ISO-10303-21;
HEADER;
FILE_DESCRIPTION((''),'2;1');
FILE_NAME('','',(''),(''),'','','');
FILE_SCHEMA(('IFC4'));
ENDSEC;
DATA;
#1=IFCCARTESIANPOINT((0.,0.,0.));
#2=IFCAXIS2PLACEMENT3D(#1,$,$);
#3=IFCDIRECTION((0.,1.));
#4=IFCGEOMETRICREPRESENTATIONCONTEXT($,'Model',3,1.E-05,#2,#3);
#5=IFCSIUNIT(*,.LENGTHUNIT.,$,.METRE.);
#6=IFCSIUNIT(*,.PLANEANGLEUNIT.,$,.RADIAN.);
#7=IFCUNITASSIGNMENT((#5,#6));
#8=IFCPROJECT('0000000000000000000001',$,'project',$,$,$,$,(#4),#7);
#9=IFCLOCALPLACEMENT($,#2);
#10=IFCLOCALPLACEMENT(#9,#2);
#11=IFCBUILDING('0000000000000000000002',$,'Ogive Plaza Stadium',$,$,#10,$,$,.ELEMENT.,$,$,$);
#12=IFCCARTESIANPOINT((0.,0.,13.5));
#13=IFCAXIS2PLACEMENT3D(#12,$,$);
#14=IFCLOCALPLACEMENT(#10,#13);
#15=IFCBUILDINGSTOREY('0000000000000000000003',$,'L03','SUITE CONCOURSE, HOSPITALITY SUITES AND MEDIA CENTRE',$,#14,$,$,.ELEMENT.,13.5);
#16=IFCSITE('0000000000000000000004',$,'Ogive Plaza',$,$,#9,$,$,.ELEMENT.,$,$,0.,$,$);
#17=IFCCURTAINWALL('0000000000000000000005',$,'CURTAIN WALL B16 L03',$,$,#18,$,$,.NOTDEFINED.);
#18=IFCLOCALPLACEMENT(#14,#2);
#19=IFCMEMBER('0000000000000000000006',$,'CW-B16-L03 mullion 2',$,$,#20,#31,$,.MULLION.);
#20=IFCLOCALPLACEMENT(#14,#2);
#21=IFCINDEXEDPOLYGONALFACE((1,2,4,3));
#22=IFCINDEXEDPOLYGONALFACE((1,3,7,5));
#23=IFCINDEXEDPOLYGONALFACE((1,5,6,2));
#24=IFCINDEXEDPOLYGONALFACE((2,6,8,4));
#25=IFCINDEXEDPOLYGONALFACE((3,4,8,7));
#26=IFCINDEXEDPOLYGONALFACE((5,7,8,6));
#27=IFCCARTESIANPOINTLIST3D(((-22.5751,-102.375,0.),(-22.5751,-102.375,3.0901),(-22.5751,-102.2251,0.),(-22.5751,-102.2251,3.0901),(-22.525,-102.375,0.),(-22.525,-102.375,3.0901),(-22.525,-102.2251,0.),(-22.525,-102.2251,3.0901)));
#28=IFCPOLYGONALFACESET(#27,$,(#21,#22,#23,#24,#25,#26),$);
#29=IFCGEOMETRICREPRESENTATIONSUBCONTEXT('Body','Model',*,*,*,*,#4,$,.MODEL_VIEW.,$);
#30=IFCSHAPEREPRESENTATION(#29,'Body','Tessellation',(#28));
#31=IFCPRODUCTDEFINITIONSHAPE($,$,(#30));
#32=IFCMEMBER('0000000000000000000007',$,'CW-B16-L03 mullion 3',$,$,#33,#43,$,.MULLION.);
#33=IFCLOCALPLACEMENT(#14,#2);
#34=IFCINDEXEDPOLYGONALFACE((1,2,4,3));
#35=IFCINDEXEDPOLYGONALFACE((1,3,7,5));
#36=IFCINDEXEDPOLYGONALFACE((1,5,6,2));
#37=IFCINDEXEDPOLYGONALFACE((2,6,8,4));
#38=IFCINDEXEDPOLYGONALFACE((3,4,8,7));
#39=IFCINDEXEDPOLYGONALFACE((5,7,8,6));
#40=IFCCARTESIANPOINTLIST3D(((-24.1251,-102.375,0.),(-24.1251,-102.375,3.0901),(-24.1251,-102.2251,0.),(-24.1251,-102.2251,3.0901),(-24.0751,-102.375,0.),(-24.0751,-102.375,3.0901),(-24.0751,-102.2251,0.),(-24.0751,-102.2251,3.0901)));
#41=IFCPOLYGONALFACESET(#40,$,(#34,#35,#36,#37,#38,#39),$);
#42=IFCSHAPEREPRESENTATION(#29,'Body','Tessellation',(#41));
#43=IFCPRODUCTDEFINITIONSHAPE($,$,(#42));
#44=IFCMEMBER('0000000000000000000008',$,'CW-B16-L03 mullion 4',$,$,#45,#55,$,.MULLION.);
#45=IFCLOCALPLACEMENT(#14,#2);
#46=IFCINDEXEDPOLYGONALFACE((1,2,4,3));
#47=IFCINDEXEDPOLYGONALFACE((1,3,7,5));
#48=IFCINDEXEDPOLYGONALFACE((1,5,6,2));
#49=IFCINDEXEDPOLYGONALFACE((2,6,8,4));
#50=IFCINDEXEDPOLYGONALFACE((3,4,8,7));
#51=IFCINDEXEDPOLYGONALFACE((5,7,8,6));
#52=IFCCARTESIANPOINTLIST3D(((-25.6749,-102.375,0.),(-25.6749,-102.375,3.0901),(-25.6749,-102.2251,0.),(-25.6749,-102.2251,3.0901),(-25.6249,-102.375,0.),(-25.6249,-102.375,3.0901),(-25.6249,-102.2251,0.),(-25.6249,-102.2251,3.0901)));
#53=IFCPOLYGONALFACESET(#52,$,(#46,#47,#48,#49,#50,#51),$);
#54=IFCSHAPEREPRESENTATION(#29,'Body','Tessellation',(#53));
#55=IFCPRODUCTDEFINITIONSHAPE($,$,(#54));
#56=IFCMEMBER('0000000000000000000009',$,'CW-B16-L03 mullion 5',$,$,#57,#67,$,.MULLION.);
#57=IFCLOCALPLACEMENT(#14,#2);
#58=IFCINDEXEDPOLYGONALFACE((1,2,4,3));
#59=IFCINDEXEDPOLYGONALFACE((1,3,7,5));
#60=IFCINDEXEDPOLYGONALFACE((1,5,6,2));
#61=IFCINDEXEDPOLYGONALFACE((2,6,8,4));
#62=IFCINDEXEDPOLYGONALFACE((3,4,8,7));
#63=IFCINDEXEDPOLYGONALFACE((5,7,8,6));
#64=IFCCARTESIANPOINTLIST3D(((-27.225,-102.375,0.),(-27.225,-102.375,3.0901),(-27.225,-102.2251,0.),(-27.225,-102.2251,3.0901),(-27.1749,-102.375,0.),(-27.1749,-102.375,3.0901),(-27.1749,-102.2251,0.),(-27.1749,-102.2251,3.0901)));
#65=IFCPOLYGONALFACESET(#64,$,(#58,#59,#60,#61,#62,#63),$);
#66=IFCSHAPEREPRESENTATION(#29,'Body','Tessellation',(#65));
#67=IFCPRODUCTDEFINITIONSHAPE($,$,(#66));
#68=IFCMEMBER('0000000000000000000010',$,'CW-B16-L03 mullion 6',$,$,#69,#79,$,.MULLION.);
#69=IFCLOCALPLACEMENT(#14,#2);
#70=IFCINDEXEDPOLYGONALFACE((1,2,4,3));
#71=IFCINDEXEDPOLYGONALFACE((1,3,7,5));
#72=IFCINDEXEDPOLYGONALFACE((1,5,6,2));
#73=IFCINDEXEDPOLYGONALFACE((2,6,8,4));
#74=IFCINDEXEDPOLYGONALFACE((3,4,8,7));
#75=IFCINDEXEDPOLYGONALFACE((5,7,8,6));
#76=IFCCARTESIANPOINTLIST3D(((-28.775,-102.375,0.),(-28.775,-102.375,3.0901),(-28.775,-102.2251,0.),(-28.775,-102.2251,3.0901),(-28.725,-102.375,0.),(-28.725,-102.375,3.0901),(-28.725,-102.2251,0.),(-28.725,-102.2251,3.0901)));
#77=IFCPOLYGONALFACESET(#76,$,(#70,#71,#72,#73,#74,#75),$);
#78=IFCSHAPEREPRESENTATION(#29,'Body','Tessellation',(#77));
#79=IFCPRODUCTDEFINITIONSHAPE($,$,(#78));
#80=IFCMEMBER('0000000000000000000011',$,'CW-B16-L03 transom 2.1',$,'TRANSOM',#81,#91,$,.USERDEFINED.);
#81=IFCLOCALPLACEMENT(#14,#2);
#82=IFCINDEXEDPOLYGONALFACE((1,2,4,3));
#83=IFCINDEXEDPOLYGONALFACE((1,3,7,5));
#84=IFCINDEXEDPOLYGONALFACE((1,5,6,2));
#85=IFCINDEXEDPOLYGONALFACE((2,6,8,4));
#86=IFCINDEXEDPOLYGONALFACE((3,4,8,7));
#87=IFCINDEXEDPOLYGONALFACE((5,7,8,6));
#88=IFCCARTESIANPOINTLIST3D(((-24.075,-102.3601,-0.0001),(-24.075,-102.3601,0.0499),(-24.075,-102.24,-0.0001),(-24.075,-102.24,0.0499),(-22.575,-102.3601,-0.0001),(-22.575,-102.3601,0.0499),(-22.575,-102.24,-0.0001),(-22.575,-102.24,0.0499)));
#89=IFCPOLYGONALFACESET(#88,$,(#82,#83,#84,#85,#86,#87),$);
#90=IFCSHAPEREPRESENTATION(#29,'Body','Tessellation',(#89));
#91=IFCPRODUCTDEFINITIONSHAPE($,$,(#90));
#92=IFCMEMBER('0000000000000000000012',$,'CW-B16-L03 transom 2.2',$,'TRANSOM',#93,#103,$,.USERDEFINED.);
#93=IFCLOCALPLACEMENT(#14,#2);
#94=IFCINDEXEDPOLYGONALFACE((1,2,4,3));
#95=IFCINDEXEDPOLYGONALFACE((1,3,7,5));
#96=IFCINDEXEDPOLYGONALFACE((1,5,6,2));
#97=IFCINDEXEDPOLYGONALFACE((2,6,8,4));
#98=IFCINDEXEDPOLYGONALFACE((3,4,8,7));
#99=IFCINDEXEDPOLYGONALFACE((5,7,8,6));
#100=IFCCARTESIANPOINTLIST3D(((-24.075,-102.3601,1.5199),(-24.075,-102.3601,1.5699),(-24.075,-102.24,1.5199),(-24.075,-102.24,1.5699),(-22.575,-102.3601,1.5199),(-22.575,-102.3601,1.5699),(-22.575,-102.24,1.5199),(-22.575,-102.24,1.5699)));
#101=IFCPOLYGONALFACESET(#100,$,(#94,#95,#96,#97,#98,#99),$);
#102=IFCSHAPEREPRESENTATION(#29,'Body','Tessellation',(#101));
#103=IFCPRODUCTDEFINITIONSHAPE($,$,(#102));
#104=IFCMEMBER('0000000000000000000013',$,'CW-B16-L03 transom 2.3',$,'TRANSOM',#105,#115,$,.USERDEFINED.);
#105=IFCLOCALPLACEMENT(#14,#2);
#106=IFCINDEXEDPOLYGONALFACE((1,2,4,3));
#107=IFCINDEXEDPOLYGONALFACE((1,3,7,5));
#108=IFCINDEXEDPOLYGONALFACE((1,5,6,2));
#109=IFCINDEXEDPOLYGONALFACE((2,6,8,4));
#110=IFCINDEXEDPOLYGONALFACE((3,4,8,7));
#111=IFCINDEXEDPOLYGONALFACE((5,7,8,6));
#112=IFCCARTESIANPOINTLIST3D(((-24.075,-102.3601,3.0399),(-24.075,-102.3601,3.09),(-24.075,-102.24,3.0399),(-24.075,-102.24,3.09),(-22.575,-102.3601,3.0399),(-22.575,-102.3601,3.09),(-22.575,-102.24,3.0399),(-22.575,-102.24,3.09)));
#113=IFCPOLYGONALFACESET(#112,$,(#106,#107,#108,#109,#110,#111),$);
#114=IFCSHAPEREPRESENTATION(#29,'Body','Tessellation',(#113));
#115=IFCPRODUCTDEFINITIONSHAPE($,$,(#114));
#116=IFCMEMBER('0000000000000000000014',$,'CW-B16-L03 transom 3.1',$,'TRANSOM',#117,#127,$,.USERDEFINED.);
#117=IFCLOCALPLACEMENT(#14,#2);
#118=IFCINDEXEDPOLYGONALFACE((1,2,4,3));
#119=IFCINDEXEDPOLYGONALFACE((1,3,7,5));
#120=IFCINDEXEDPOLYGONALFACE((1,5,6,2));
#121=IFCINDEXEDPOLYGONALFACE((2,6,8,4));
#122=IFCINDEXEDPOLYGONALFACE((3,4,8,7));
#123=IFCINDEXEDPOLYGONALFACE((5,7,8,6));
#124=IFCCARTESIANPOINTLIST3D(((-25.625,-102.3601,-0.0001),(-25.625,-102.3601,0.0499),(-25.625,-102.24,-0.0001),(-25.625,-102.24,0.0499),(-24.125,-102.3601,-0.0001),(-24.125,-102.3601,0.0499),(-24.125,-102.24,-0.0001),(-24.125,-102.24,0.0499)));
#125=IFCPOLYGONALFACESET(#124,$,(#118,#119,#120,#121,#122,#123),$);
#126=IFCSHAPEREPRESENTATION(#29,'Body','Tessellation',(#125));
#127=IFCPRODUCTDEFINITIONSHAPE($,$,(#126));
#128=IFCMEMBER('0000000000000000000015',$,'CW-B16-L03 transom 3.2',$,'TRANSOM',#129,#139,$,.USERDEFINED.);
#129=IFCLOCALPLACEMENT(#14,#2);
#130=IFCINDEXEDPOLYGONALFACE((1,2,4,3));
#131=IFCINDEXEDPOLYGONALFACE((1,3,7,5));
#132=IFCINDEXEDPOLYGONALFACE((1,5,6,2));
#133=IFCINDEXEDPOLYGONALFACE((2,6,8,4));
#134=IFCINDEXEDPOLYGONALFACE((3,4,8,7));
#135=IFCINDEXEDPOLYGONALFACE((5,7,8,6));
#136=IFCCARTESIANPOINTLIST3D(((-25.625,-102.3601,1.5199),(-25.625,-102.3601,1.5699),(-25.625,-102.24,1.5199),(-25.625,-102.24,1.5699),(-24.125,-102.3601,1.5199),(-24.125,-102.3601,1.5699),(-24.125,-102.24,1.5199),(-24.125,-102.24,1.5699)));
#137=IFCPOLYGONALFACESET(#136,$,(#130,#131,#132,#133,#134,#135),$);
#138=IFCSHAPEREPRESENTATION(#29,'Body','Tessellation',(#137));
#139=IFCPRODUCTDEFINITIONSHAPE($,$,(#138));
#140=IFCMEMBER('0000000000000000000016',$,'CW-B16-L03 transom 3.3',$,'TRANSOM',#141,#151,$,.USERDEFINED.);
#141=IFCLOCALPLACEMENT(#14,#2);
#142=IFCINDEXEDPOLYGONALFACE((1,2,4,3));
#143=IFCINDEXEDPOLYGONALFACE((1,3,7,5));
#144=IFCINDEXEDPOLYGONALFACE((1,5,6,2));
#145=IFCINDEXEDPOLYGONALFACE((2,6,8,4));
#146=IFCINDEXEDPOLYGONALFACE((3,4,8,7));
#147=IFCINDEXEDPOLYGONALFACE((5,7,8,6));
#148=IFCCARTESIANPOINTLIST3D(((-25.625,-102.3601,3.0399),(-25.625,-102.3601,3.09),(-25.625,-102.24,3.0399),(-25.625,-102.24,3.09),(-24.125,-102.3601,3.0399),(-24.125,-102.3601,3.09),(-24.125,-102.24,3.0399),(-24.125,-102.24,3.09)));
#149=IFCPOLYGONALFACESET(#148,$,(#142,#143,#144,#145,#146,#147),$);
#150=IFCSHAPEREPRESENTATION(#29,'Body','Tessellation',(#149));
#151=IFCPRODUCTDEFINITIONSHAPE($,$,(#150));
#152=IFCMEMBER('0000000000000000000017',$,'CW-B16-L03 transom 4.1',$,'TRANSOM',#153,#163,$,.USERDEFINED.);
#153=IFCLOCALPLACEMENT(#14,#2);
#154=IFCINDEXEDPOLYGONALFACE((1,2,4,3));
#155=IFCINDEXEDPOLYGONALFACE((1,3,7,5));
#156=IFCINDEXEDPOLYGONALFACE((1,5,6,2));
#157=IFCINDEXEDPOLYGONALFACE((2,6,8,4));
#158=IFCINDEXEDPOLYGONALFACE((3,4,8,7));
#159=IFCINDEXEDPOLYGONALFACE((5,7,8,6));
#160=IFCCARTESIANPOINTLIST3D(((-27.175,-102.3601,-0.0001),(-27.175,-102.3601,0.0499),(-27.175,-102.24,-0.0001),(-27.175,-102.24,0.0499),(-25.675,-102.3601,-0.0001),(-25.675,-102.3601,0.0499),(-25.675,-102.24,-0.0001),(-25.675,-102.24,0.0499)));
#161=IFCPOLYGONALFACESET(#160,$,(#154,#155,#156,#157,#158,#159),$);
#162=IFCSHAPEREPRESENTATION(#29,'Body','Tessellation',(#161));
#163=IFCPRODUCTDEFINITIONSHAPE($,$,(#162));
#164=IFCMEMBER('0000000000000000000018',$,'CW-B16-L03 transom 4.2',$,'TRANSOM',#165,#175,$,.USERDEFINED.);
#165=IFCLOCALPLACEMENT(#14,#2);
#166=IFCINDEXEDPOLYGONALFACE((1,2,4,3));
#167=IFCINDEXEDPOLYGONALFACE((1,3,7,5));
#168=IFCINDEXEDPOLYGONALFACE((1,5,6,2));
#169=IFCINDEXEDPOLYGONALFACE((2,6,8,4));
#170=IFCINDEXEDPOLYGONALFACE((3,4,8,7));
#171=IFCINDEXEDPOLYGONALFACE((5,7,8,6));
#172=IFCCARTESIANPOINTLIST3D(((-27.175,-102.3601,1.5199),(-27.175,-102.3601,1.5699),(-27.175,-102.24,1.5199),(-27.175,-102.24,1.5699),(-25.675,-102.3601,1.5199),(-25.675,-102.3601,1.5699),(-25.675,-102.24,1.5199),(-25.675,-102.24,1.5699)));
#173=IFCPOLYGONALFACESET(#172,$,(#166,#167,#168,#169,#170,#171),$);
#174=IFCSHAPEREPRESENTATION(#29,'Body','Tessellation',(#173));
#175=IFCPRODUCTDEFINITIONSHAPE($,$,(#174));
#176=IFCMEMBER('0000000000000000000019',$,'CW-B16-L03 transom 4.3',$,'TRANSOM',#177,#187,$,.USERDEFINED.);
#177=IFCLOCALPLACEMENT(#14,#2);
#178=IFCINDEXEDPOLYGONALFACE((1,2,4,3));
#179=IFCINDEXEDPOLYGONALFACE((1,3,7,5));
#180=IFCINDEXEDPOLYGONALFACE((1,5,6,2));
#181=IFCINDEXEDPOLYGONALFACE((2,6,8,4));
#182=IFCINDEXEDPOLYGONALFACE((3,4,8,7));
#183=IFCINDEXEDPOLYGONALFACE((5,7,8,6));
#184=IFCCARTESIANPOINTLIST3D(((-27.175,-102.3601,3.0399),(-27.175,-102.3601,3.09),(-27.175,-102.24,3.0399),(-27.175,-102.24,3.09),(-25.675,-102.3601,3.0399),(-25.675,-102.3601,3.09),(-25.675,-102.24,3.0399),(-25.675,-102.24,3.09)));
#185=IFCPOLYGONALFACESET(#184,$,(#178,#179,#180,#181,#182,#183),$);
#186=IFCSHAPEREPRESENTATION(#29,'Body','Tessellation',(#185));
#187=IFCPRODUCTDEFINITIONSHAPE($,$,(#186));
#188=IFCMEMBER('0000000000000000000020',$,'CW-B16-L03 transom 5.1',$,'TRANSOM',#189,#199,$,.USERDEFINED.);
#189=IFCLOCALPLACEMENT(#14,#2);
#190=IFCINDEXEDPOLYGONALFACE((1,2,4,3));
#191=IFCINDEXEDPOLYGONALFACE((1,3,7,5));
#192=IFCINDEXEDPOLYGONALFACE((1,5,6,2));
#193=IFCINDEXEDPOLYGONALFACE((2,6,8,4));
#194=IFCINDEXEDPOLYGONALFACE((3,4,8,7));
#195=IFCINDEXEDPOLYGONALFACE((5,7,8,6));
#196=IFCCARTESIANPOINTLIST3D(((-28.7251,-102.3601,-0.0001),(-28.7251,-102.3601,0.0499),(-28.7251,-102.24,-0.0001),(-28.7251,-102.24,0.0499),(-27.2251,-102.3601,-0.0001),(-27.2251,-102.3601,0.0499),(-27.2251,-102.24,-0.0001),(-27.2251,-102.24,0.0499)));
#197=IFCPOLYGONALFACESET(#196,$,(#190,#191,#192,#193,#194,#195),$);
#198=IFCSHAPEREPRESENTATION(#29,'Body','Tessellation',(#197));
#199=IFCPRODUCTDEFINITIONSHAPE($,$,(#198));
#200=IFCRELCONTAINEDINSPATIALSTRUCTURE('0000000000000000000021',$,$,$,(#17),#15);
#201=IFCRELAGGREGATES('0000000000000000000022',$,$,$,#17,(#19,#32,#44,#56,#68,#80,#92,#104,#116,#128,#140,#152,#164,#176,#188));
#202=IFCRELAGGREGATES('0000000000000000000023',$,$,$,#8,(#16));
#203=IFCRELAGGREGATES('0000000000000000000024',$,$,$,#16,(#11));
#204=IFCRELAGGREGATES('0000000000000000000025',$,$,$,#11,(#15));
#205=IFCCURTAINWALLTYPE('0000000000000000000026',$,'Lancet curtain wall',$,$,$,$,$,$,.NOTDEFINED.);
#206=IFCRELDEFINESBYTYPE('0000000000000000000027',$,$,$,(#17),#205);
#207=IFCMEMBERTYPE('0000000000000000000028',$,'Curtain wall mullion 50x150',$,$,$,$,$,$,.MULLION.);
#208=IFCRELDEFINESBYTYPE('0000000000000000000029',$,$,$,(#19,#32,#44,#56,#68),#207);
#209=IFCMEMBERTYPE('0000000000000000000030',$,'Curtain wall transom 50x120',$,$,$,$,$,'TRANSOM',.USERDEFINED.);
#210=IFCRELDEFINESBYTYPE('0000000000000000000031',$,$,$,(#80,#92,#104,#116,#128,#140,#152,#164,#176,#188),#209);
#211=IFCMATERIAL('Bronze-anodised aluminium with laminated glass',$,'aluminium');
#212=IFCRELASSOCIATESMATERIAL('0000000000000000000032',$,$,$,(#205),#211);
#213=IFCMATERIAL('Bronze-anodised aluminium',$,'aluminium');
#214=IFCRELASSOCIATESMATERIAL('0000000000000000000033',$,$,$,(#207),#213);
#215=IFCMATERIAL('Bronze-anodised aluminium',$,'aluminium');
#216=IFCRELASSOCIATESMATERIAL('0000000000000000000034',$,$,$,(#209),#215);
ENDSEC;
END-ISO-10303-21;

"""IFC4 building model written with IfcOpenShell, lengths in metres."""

from ifc_helpers import new_model, si_unit, direction, frame, origin, origin_2d, place, context, subcontext, project, spatial, rectangle, extrude, material, material_profile, profile_set, type_object, element, aggregate, save


model = new_model("IFC4")

# Units and contexts
model_context = context("Model", 3, precision=1e-05, world=origin(), true_north=direction((0.0, 1.0)))
body_context = subcontext(model_context, "Body", "Model", "MODEL_VIEW")
ifc_project = project(units=[si_unit("LENGTHUNIT", "METRE"), si_unit("PLANEANGLEUNIT", "RADIAN")], contexts=[model_context])

# Site, building, storey
site_placement = place(None, origin())
site = spatial("IfcSite", under=ifc_project, at=site_placement, Name="Ogive Plaza", CompositionType="ELEMENT", RefElevation=0.0)
building_placement = place(site_placement, origin())
building = spatial("IfcBuilding", under=site, at=building_placement, Name="Ogive Plaza Stadium", CompositionType="ELEMENT")
storey_placement = place(building_placement, frame((0.0, 0.0, 13.5)))
storey = spatial("IfcBuildingStorey", under=building, at=storey_placement, Name="L03", Description="SUITE CONCOURSE, HOSPITALITY SUITES AND MEDIA CENTRE", CompositionType="ELEMENT", Elevation=13.5)

# Curtain wall, members
ifc_material_1 = material(Name="Bronze-anodised aluminium with laminated glass", Category="aluminium")
curtain_wall_type = type_object("IfcCurtainWallType", Name="Lancet curtain wall", PredefinedType="NOTDEFINED", material=ifc_material_1)
curtain_wall_placement = place(storey_placement, origin())
curtain_wall = element("IfcCurtainWall", 1, at=curtain_wall_placement, inside=storey, type_object=curtain_wall_type, Name="CURTAIN WALL B16 L03", PredefinedType="NOTDEFINED")
ifc_material_2 = material(Name="Bronze-anodised aluminium", Category="aluminium")
ifc_material_profile_1 = material_profile(ifc_material_2, rectangle(XDim=0.1499, YDim=0.05, at=origin_2d()), Name="AL 150x50")
ifc_profile_set_1 = profile_set([ifc_material_profile_1], Name="Bronze-anodised aluminium")
member_type_1 = type_object("IfcMemberType", Name="Curtain wall mullion 50x150", PredefinedType="MULLION", material=ifc_profile_set_1)
member_1_placement = place(storey_placement, frame((-22.55, -102.3, 0.0), z_axis=(0.0, 0.0, 1.0), x_axis=(0.0, -1.0, 0.0)))
member_1 = element("IfcMember", 2, at=member_1_placement, type_object=member_type_1, Name="CW-B16-L03 mullion 2", PredefinedType="MULLION", context=body_context, shape_type="SweptSolid", body=[
    extrude(rectangle(XDim=0.1499, YDim=0.05, at=origin_2d()), origin(), (0.0, 0.0, 1.0), 3.0901),
])
member_2_placement = place(storey_placement, frame((-24.1001, -102.3, 0.0), z_axis=(0.0, 0.0, 1.0), x_axis=(0.0, -1.0, 0.0)))
member_2 = element("IfcMember", 3, at=member_2_placement, type_object=member_type_1, Name="CW-B16-L03 mullion 3", PredefinedType="MULLION", context=body_context, shape_type="SweptSolid", body=[
    extrude(rectangle(XDim=0.1499, YDim=0.05, at=origin_2d()), origin(), (0.0, 0.0, 1.0), 3.0901),
])
member_3_placement = place(storey_placement, frame((-25.6499, -102.3, 0.0), z_axis=(0.0, 0.0, 1.0), x_axis=(0.0, -1.0, 0.0)))
member_3 = element("IfcMember", 4, at=member_3_placement, type_object=member_type_1, Name="CW-B16-L03 mullion 4", PredefinedType="MULLION", context=body_context, shape_type="SweptSolid", body=[
    extrude(rectangle(XDim=0.1499, YDim=0.05, at=origin_2d()), origin(), (0.0, 0.0, 1.0), 3.0901),
])
member_4_placement = place(storey_placement, frame((-27.2, -102.3, 0.0), z_axis=(0.0, 0.0, 1.0), x_axis=(0.0, -1.0, 0.0)))
member_4 = element("IfcMember", 5, at=member_4_placement, type_object=member_type_1, Name="CW-B16-L03 mullion 5", PredefinedType="MULLION", context=body_context, shape_type="SweptSolid", body=[
    extrude(rectangle(XDim=0.1499, YDim=0.05, at=origin_2d()), origin(), (0.0, 0.0, 1.0), 3.0901),
])
member_5_placement = place(storey_placement, frame((-28.75, -102.3, 0.0), z_axis=(0.0, 0.0, 1.0), x_axis=(0.0, -1.0, 0.0)))
member_5 = element("IfcMember", 6, at=member_5_placement, type_object=member_type_1, Name="CW-B16-L03 mullion 6", PredefinedType="MULLION", context=body_context, shape_type="SweptSolid", body=[
    extrude(rectangle(XDim=0.1499, YDim=0.05, at=origin_2d()), origin(), (0.0, 0.0, 1.0), 3.0901),
])
ifc_material_3 = material(Name="Bronze-anodised aluminium", Category="aluminium")
ifc_material_profile_2 = material_profile(ifc_material_3, rectangle(XDim=0.1201, YDim=0.05, at=origin_2d()), Name="AL 120x50")
ifc_profile_set_2 = profile_set([ifc_material_profile_2], Name="Bronze-anodised aluminium")
member_type_2 = type_object("IfcMemberType", Name="Curtain wall transom 50x120", ElementType="TRANSOM", PredefinedType="USERDEFINED", material=ifc_profile_set_2)
member_6_placement = place(storey_placement, frame((-22.575, -102.3, 0.0249), z_axis=(-1.0, 0.0, 0.0), x_axis=(0.0, -1.0, 0.0)))
member_6 = element("IfcMember", 7, at=member_6_placement, type_object=member_type_2, Name="CW-B16-L03 transom 2.1", ObjectType="TRANSOM", PredefinedType="USERDEFINED", context=body_context, shape_type="SweptSolid", body=[
    extrude(rectangle(XDim=0.1201, YDim=0.05, at=origin_2d()), origin(), (0.0, 0.0, 1.0), 1.5),
])
member_7_placement = place(storey_placement, frame((-22.575, -102.3, 1.5449), z_axis=(-1.0, 0.0, 0.0), x_axis=(0.0, -1.0, 0.0)))
member_7 = element("IfcMember", 8, at=member_7_placement, type_object=member_type_2, Name="CW-B16-L03 transom 2.2", ObjectType="TRANSOM", PredefinedType="USERDEFINED", context=body_context, shape_type="SweptSolid", body=[
    extrude(rectangle(XDim=0.1201, YDim=0.05, at=origin_2d()), origin(), (0.0, 0.0, 1.0), 1.5),
])
member_8_placement = place(storey_placement, frame((-22.575, -102.3, 3.0649), z_axis=(-1.0, 0.0, 0.0), x_axis=(0.0, -1.0, 0.0)))
member_8 = element("IfcMember", 9, at=member_8_placement, type_object=member_type_2, Name="CW-B16-L03 transom 2.3", ObjectType="TRANSOM", PredefinedType="USERDEFINED", context=body_context, shape_type="SweptSolid", body=[
    extrude(rectangle(XDim=0.1201, YDim=0.05, at=origin_2d()), origin(), (0.0, 0.0, 1.0), 1.5),
])
member_9_placement = place(storey_placement, frame((-24.125, -102.3, 0.0249), z_axis=(-1.0, 0.0, 0.0), x_axis=(0.0, -1.0, 0.0)))
member_9 = element("IfcMember", 10, at=member_9_placement, type_object=member_type_2, Name="CW-B16-L03 transom 3.1", ObjectType="TRANSOM", PredefinedType="USERDEFINED", context=body_context, shape_type="SweptSolid", body=[
    extrude(rectangle(XDim=0.1201, YDim=0.05, at=origin_2d()), origin(), (0.0, 0.0, 1.0), 1.5),
])
member_10_placement = place(storey_placement, frame((-24.125, -102.3, 1.5449), z_axis=(-1.0, 0.0, 0.0), x_axis=(0.0, -1.0, 0.0)))
member_10 = element("IfcMember", 11, at=member_10_placement, type_object=member_type_2, Name="CW-B16-L03 transom 3.2", ObjectType="TRANSOM", PredefinedType="USERDEFINED", context=body_context, shape_type="SweptSolid", body=[
    extrude(rectangle(XDim=0.1201, YDim=0.05, at=origin_2d()), origin(), (0.0, 0.0, 1.0), 1.5),
])
member_11_placement = place(storey_placement, frame((-24.125, -102.3, 3.0649), z_axis=(-1.0, 0.0, 0.0), x_axis=(0.0, -1.0, 0.0)))
member_11 = element("IfcMember", 12, at=member_11_placement, type_object=member_type_2, Name="CW-B16-L03 transom 3.3", ObjectType="TRANSOM", PredefinedType="USERDEFINED", context=body_context, shape_type="SweptSolid", body=[
    extrude(rectangle(XDim=0.1201, YDim=0.05, at=origin_2d()), origin(), (0.0, 0.0, 1.0), 1.5),
])
member_12_placement = place(storey_placement, frame((-25.675, -102.3, 0.0249), z_axis=(-1.0, 0.0, 0.0), x_axis=(0.0, -1.0, 0.0)))
member_12 = element("IfcMember", 13, at=member_12_placement, type_object=member_type_2, Name="CW-B16-L03 transom 4.1", ObjectType="TRANSOM", PredefinedType="USERDEFINED", context=body_context, shape_type="SweptSolid", body=[
    extrude(rectangle(XDim=0.1201, YDim=0.05, at=origin_2d()), origin(), (0.0, 0.0, 1.0), 1.5),
])
member_13_placement = place(storey_placement, frame((-25.675, -102.3, 1.5449), z_axis=(-1.0, 0.0, 0.0), x_axis=(0.0, -1.0, 0.0)))
member_13 = element("IfcMember", 14, at=member_13_placement, type_object=member_type_2, Name="CW-B16-L03 transom 4.2", ObjectType="TRANSOM", PredefinedType="USERDEFINED", context=body_context, shape_type="SweptSolid", body=[
    extrude(rectangle(XDim=0.1201, YDim=0.05, at=origin_2d()), origin(), (0.0, 0.0, 1.0), 1.5),
])
member_14_placement = place(storey_placement, frame((-25.675, -102.3, 3.0649), z_axis=(-1.0, 0.0, 0.0), x_axis=(0.0, -1.0, 0.0)))
member_14 = element("IfcMember", 15, at=member_14_placement, type_object=member_type_2, Name="CW-B16-L03 transom 4.3", ObjectType="TRANSOM", PredefinedType="USERDEFINED", context=body_context, shape_type="SweptSolid", body=[
    extrude(rectangle(XDim=0.1201, YDim=0.05, at=origin_2d()), origin(), (0.0, 0.0, 1.0), 1.5),
])
member_15_placement = place(storey_placement, frame((-27.2251, -102.3, 0.0249), z_axis=(-1.0, 0.0, 0.0), x_axis=(0.0, -1.0, 0.0)))
member_15 = element("IfcMember", 16, at=member_15_placement, type_object=member_type_2, Name="CW-B16-L03 transom 5.1", ObjectType="TRANSOM", PredefinedType="USERDEFINED", context=body_context, shape_type="SweptSolid", body=[
    extrude(rectangle(XDim=0.1201, YDim=0.05, at=origin_2d()), origin(), (0.0, 0.0, 1.0), 1.5),
])
aggregate(curtain_wall, [member_1, member_2, member_3, member_4, member_5, member_6, member_7, member_8, member_9, member_10, member_11, member_12, member_13, member_14, member_15])

save(model, "model.ifc")
